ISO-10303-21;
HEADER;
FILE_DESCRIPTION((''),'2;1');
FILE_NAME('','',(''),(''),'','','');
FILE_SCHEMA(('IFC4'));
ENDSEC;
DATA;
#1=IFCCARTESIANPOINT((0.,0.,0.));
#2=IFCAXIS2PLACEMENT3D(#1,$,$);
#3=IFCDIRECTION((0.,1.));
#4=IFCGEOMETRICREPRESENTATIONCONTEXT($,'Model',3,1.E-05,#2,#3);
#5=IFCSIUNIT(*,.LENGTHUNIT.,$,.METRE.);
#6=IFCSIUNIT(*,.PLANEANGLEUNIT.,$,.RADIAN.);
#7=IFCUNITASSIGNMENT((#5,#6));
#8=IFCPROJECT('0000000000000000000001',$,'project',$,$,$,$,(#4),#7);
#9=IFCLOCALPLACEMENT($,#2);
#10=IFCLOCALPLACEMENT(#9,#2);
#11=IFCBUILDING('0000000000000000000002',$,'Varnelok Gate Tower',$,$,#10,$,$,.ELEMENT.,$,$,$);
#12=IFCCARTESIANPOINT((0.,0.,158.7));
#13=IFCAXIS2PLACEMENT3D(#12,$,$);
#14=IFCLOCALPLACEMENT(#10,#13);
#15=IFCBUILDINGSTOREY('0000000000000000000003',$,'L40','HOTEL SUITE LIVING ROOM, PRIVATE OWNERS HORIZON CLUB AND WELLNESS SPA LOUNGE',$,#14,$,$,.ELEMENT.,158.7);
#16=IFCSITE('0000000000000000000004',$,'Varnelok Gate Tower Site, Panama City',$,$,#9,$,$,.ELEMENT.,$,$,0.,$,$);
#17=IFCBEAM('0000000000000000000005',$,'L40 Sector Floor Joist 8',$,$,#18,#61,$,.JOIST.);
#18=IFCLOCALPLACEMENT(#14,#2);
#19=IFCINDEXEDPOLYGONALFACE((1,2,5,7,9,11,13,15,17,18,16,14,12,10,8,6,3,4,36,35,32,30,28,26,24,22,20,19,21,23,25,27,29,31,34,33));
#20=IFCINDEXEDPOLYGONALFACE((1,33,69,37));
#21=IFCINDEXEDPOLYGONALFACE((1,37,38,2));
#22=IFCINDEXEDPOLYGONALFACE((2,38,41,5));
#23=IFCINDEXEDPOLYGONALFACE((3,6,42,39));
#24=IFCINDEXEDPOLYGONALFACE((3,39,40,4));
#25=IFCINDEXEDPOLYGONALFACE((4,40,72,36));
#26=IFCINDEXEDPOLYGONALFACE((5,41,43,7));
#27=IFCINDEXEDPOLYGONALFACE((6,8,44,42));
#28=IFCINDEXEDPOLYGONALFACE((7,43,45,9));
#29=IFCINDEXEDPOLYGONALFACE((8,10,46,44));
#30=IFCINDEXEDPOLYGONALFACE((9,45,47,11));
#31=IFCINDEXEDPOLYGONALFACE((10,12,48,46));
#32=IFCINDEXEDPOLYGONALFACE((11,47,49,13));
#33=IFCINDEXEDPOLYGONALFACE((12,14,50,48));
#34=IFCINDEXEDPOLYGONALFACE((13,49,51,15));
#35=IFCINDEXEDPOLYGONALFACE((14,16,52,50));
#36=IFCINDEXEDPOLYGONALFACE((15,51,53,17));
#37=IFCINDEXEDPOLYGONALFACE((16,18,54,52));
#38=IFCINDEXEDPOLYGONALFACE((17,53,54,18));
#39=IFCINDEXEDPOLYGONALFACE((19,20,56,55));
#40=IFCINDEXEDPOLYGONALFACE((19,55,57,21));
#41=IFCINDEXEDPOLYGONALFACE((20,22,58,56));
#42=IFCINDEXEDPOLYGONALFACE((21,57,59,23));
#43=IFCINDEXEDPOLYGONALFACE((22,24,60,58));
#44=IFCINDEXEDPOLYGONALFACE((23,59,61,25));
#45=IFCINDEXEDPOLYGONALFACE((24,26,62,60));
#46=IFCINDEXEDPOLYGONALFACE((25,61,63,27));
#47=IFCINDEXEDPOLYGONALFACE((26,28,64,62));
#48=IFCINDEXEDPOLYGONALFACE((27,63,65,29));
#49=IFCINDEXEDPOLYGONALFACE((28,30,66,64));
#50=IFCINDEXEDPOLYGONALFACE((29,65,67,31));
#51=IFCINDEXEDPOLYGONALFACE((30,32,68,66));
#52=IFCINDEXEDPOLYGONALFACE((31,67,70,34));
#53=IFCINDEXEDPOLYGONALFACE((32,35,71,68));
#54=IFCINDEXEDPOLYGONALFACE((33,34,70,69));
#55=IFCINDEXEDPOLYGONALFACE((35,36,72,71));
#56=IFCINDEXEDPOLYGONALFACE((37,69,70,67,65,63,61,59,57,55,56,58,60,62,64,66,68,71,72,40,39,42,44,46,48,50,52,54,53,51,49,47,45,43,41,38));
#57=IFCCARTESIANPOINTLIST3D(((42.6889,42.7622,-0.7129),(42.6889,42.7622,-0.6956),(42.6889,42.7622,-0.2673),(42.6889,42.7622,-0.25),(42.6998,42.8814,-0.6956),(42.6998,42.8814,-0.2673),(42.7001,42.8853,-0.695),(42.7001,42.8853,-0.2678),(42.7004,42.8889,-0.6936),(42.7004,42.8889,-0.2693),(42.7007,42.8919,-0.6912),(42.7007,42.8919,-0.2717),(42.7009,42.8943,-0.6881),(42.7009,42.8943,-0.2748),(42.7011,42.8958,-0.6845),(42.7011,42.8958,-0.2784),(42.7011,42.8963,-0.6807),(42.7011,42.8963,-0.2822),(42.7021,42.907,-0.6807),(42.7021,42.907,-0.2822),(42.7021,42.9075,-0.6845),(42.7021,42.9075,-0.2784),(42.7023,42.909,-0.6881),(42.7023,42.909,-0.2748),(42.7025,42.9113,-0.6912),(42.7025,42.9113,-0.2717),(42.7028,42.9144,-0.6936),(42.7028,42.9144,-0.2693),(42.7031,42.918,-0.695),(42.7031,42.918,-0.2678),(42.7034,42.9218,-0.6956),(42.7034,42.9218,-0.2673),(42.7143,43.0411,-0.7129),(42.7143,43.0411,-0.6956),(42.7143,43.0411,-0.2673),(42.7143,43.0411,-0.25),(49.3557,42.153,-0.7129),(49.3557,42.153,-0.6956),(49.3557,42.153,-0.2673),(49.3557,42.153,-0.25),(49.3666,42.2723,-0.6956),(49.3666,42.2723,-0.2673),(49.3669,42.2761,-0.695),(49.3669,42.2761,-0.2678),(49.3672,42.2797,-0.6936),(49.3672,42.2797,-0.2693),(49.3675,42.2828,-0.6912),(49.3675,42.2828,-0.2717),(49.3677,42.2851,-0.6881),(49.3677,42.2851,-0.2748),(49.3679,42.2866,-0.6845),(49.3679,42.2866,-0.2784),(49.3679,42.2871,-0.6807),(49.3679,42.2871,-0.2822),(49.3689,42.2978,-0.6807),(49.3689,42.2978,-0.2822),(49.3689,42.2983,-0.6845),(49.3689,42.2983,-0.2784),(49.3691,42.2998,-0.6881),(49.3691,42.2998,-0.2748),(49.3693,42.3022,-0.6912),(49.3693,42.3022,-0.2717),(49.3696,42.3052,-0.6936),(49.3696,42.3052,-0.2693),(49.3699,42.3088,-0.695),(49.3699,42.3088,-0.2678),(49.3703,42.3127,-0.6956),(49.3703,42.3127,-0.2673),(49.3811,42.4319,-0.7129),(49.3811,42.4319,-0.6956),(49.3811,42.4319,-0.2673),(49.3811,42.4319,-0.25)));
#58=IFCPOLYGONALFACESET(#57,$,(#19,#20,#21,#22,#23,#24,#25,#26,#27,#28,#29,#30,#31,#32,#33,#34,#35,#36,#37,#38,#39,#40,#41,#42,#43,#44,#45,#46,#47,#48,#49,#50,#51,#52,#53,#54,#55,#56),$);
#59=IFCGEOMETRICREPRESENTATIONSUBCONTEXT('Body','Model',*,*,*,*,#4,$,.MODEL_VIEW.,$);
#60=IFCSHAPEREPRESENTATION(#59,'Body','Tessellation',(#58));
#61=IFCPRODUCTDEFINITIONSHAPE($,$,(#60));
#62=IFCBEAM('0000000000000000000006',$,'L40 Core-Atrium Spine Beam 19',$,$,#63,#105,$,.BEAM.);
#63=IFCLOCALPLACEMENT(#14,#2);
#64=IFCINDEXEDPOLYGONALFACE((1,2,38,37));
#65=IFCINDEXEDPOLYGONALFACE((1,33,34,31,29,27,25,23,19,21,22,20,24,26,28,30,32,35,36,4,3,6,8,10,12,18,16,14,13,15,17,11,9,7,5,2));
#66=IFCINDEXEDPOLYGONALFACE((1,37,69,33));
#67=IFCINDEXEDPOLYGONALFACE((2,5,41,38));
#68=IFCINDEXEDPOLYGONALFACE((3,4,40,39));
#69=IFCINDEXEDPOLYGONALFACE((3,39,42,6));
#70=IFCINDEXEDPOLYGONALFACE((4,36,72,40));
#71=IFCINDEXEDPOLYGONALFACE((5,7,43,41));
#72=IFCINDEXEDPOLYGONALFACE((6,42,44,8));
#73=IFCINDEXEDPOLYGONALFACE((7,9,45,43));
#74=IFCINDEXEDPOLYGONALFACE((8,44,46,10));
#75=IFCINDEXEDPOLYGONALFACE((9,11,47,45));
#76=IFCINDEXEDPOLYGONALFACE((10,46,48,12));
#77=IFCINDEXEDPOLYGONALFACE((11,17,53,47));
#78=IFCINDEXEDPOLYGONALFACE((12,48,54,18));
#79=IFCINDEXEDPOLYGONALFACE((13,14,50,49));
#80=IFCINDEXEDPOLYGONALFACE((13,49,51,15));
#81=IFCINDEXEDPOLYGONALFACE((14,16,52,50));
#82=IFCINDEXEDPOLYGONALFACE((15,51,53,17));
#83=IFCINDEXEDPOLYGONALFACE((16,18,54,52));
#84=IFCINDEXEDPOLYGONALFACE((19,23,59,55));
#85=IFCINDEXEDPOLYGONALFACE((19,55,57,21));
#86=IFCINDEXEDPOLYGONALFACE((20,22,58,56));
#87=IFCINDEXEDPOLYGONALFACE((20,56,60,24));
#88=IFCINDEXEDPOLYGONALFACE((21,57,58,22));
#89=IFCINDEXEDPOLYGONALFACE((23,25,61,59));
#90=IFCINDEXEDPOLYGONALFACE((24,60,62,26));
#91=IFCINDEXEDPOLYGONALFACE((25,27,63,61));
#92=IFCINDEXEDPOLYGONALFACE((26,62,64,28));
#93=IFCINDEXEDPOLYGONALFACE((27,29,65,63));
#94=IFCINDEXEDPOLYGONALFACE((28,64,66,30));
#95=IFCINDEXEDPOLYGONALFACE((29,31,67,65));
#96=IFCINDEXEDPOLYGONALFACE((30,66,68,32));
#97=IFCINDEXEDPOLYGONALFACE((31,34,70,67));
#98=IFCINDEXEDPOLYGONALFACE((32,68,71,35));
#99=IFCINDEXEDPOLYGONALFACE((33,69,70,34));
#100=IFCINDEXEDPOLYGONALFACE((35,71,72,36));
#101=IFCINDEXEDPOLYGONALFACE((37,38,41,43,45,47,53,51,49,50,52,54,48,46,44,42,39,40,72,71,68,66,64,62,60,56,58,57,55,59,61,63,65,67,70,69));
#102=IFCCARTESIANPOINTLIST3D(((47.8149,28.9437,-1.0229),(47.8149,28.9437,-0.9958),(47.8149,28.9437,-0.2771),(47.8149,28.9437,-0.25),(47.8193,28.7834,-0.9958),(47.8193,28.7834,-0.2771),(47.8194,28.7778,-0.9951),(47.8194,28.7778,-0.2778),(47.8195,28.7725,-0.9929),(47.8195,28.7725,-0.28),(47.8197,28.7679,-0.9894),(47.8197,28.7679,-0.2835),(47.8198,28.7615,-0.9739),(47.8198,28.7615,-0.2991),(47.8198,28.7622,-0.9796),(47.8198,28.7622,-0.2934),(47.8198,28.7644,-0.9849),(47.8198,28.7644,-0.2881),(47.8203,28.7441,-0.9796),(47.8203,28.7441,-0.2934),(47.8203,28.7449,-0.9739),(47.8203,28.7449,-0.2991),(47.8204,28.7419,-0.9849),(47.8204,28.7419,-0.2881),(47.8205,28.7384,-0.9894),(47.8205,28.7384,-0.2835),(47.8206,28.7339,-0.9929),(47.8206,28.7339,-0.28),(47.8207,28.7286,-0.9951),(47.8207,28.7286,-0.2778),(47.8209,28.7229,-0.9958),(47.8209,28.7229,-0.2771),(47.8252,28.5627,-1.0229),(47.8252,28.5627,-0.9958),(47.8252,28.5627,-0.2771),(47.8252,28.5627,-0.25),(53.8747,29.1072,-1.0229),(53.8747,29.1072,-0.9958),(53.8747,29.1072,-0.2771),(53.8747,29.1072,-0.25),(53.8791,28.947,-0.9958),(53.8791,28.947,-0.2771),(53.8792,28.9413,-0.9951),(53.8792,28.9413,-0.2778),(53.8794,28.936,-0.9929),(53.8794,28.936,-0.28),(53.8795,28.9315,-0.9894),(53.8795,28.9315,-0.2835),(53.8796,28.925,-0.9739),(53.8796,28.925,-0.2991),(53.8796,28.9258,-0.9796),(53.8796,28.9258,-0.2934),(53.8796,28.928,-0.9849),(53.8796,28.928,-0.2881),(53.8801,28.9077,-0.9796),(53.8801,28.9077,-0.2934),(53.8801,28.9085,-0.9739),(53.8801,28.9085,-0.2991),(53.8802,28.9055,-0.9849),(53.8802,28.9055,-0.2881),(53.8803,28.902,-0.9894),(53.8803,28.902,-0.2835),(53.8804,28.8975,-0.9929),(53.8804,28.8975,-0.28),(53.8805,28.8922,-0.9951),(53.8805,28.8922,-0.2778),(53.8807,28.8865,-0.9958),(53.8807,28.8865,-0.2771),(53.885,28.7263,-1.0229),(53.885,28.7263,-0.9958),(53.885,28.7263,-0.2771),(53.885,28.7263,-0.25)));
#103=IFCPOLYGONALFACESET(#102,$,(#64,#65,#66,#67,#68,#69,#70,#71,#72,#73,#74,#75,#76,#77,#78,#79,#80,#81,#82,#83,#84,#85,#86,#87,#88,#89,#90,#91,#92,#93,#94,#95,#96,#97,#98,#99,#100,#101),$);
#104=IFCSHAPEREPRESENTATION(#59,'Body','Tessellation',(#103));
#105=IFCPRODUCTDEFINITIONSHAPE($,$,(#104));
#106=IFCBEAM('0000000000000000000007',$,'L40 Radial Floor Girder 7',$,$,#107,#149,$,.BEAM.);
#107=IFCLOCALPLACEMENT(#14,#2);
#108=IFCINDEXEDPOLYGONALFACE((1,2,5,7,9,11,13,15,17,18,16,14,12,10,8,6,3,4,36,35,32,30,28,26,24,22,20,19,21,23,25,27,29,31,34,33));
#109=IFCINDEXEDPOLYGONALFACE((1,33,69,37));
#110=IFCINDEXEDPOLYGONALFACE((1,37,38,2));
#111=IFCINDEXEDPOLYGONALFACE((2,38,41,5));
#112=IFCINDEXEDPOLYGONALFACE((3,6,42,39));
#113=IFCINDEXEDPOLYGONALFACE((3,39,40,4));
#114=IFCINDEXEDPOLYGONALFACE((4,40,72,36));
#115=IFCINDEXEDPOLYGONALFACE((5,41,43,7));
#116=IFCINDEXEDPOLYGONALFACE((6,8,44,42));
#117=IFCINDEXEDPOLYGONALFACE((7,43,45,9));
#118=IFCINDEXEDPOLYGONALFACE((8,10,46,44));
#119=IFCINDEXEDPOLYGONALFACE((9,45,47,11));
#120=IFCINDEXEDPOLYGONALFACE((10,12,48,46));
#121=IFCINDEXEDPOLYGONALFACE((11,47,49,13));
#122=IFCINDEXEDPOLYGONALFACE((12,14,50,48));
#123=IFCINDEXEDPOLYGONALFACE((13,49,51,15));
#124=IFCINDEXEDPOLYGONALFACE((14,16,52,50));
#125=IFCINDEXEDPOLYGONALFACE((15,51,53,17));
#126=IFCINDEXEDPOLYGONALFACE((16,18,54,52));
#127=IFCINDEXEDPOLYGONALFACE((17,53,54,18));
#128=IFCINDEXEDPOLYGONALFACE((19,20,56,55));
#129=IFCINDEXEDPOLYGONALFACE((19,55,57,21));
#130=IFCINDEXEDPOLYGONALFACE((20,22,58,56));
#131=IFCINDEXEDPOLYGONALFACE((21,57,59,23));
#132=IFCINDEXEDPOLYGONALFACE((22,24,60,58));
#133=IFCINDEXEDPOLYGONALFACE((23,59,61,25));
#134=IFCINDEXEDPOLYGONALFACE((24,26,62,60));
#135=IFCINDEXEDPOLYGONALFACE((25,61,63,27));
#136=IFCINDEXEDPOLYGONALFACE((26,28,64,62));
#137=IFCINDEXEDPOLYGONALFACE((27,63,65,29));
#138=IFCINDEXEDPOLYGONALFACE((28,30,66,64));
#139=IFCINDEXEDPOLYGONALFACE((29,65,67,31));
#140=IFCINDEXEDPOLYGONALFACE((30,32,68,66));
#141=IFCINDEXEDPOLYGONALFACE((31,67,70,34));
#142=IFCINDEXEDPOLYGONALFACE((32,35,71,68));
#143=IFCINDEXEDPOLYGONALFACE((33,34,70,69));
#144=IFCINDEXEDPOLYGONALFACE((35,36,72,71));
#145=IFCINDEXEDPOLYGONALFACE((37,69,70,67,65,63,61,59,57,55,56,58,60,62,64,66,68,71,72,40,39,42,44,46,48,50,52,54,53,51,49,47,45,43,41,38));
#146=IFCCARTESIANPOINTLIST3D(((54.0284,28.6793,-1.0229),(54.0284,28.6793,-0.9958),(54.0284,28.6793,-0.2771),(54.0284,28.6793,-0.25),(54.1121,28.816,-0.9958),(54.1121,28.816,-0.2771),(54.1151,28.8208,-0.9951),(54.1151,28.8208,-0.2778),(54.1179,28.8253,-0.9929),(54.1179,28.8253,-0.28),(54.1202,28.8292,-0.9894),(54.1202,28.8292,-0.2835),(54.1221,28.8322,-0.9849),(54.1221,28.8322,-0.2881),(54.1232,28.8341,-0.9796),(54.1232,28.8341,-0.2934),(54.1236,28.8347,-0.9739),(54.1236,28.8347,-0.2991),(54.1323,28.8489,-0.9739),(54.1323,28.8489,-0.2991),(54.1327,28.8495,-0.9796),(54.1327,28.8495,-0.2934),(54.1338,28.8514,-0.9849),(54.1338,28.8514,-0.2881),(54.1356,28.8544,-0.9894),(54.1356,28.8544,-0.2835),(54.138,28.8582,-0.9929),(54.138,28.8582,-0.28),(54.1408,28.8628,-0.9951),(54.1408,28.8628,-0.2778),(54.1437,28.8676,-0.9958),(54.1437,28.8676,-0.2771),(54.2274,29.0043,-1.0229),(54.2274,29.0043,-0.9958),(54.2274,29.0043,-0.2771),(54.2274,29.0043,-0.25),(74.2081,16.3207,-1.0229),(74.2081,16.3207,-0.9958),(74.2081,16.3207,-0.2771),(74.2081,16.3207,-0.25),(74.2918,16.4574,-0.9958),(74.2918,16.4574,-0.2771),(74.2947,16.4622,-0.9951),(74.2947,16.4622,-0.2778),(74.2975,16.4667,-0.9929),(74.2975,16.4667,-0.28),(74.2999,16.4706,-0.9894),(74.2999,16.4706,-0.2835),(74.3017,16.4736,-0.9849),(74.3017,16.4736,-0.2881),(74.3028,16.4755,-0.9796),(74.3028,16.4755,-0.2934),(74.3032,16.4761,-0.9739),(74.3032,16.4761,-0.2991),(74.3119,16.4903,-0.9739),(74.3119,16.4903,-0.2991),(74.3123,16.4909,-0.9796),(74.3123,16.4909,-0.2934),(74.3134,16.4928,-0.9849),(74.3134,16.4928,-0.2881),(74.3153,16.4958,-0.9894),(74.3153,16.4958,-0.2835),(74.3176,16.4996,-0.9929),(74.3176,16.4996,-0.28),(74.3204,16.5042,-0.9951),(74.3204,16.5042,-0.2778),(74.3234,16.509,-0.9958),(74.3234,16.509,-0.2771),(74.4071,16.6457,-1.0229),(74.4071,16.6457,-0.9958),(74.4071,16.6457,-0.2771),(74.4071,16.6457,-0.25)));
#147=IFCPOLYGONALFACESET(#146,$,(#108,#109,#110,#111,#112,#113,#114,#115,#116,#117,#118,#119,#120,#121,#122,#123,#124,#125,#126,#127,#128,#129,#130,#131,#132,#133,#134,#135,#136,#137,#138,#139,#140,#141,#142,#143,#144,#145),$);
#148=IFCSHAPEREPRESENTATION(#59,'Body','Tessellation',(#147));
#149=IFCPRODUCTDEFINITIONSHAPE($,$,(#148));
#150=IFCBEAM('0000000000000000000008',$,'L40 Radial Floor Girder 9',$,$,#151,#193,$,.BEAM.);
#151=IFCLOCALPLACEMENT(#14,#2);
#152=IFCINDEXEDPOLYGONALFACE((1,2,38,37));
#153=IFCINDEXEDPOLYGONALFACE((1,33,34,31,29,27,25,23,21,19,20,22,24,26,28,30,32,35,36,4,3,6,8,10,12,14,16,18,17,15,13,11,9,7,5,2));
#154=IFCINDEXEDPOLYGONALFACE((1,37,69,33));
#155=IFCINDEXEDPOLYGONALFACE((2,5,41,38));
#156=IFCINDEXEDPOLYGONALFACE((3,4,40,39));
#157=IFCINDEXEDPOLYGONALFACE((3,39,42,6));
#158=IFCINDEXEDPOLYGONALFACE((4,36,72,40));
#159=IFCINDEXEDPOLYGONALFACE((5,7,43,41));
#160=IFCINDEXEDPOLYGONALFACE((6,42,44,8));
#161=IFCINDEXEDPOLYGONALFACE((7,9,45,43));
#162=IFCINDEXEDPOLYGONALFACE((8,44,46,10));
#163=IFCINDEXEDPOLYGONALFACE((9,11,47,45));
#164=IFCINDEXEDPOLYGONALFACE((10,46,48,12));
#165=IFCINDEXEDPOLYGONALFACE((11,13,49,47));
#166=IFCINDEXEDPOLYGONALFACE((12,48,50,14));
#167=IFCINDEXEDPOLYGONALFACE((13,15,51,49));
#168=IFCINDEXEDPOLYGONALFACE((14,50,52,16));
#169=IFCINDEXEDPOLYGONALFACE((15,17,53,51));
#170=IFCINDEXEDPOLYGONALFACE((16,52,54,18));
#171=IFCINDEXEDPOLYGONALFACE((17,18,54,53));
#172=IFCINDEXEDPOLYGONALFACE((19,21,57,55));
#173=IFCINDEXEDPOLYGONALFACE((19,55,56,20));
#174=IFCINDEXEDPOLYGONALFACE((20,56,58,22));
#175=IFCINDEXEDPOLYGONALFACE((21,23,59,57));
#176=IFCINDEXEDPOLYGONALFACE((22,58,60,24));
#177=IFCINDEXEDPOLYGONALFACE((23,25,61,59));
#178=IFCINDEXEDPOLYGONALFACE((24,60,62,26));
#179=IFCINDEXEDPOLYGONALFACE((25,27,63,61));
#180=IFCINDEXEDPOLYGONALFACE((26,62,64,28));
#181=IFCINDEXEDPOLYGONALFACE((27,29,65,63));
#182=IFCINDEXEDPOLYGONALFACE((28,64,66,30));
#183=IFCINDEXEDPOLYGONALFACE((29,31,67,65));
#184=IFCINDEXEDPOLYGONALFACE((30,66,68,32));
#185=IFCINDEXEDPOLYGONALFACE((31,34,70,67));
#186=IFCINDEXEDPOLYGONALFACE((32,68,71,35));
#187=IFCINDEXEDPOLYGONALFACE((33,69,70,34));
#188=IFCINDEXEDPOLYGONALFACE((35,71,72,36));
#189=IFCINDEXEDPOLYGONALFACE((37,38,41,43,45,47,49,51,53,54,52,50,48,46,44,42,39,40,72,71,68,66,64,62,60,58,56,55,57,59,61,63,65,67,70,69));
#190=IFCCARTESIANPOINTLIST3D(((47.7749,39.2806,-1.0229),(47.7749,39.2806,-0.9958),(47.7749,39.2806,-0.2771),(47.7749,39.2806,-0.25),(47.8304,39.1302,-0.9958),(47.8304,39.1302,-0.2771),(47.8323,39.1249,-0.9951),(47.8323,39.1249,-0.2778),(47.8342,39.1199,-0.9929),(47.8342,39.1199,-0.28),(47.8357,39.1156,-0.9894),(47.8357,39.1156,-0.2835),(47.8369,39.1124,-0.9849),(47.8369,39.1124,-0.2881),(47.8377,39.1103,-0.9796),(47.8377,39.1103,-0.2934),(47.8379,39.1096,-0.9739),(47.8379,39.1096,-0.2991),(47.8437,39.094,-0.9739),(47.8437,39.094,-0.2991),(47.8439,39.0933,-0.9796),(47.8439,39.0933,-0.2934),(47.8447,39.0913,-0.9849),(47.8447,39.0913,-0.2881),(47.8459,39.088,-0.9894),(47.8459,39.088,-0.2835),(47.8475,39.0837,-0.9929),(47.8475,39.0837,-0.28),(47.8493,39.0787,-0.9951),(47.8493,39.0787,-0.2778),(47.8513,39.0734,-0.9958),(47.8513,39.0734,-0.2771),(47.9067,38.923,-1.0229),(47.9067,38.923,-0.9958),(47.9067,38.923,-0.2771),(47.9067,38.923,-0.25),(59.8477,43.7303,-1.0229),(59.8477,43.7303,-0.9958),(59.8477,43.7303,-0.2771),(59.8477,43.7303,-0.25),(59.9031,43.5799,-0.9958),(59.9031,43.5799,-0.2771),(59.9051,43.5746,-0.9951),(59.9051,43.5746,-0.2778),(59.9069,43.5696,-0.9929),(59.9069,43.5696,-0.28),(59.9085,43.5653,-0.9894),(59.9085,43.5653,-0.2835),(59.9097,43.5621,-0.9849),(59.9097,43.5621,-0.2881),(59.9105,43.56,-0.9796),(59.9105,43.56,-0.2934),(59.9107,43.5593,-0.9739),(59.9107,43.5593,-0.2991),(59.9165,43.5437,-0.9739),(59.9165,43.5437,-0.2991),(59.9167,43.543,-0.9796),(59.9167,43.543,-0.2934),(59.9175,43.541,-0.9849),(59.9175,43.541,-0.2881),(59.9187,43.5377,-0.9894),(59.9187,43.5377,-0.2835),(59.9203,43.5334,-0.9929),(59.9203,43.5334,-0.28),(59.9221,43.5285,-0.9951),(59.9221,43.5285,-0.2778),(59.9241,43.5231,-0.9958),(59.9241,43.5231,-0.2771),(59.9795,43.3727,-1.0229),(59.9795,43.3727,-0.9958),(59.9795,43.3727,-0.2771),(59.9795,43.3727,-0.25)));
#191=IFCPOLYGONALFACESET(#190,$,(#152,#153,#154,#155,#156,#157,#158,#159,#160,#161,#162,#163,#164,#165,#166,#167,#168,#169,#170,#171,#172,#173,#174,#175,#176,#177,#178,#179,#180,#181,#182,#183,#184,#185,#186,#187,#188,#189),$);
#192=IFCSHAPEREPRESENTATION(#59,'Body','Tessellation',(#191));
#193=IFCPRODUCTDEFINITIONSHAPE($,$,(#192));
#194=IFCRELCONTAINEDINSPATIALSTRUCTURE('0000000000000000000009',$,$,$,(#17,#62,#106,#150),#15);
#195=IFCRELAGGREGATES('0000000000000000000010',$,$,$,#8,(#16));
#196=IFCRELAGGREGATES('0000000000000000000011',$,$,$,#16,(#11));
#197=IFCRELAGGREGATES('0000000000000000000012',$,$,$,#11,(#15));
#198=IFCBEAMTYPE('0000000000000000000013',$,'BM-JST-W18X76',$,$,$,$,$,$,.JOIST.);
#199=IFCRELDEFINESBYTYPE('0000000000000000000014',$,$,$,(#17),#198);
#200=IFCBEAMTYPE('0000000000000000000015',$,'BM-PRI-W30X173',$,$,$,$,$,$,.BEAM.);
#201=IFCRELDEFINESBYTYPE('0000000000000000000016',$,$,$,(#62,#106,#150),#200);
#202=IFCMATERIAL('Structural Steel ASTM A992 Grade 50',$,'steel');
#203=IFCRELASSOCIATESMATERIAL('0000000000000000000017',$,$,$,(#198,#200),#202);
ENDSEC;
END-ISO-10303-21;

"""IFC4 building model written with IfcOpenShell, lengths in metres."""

from ifc_helpers import new_model, si_unit, direction, frame, origin, origin_2d, place, context, subcontext, project, spatial, i_section, extrude, material, material_profile, profile_set, type_object, element, save


model = new_model("IFC4")

# Units and contexts
model_context = context("Model", 3, precision=1e-05, world=origin(), true_north=direction((0.0, 1.0)))
body_context = subcontext(model_context, "Body", "Model", "MODEL_VIEW")
ifc_project = project(units=[si_unit("LENGTHUNIT", "METRE"), si_unit("PLANEANGLEUNIT", "RADIAN")], contexts=[model_context])

# Site, building, storey
site_placement = place(None, origin())
site = spatial("IfcSite", under=ifc_project, at=site_placement, Name="Varnelok Gate Tower Site, Panama City", CompositionType="ELEMENT", RefElevation=0.0)
building_placement = place(site_placement, origin())
building = spatial("IfcBuilding", under=site, at=building_placement, Name="Varnelok Gate Tower", CompositionType="ELEMENT")
storey_placement = place(building_placement, frame((0.0, 0.0, 158.7)))
storey = spatial("IfcBuildingStorey", under=building, at=storey_placement, Name="L40", Description="HOTEL SUITE LIVING ROOM, PRIVATE OWNERS HORIZON CLUB AND WELLNESS SPA LOUNGE", CompositionType="ELEMENT", Elevation=158.7)

# Shared definitions
ifc_material_1 = material(Name="Structural Steel ASTM A992 Grade 50", Category="steel")

# Beams
ifc_material_profile_1 = material_profile(ifc_material_1, i_section(OverallWidth=0.28, OverallDepth=0.4629, WebThickness=0.0107, FlangeThickness=0.0173, FilletRadius=0.0149, at=origin_2d()), Name="W18X76")
ifc_profile_set_1 = profile_set([ifc_material_profile_1], Name="Structural Steel ASTM A992 Grade 50")
beam_type_1 = type_object("IfcBeamType", Name="BM-JST-W18X76", PredefinedType="JOIST", material=ifc_profile_set_1)
beam_1_placement = place(storey_placement, frame((49.3684, 42.2925, -0.4814), z_axis=(-0.995852, 0.09099, 0.0), x_axis=(-0.09099, -0.995852, 0.0)))
element("IfcBeam", 1, at=beam_1_placement, inside=storey, type_object=beam_type_1, Name="L40 Sector Floor Joist 8", PredefinedType="JOIST", context=body_context, shape_type="SweptSolid", body=[
    extrude(i_section(OverallWidth=0.28, OverallDepth=0.4629, WebThickness=0.0107, FlangeThickness=0.0173, FilletRadius=0.0149, at=origin_2d()), origin(), (0.0, 0.0, 1.0), 6.6946),
])
ifc_material_profile_2 = material_profile(ifc_material_1, i_section(OverallWidth=0.3811, OverallDepth=0.7729, WebThickness=0.0166, FlangeThickness=0.0271, FilletRadius=0.022, at=origin_2d()), Name="W30X173")
ifc_profile_set_2 = profile_set([ifc_material_profile_2], Name="Structural Steel ASTM A992 Grade 50")
beam_type_2 = type_object("IfcBeamType", Name="BM-PRI-W30X173", PredefinedType="BEAM", material=ifc_profile_set_2)
beam_2_placement = place(storey_placement, frame((47.8201, 28.7532, -0.6365), z_axis=(0.999636, 0.026983, 0.0), x_axis=(-0.026983, 0.999636, 0.0)))
element("IfcBeam", 2, at=beam_2_placement, inside=storey, type_object=beam_type_2, Name="L40 Core-Atrium Spine Beam 19", PredefinedType="BEAM", context=body_context, shape_type="SweptSolid", body=[
    extrude(i_section(OverallWidth=0.3811, OverallDepth=0.7729, WebThickness=0.0166, FlangeThickness=0.0271, FilletRadius=0.022, at=origin_2d()), origin(), (0.0, 0.0, 1.0), 6.062),
])
beam_3_placement = place(storey_placement, frame((54.1279, 28.8418, -0.6365), z_axis=(0.852781, -0.522269, 0.0), x_axis=(0.522269, 0.852781, 0.0)))
element("IfcBeam", 3, at=beam_3_placement, inside=storey, type_object=beam_type_2, Name="L40 Radial Floor Girder 7", PredefinedType="BEAM", context=body_context, shape_type="SweptSolid", body=[
    extrude(i_section(OverallWidth=0.3811, OverallDepth=0.7729, WebThickness=0.0166, FlangeThickness=0.0271, FilletRadius=0.022, at=origin_2d()), origin(), (0.0, 0.0, 1.0), 23.6633),
])
beam_4_placement = place(storey_placement, frame((47.8408, 39.1018, -0.6365), z_axis=(0.938296, 0.345832, 0.0), x_axis=(-0.345832, 0.938296, 0.0)))
element("IfcBeam", 4, at=beam_4_placement, inside=storey, type_object=beam_type_2, Name="L40 Radial Floor Girder 9", PredefinedType="BEAM", context=body_context, shape_type="SweptSolid", body=[
    extrude(i_section(OverallWidth=0.3811, OverallDepth=0.7729, WebThickness=0.0166, FlangeThickness=0.0271, FilletRadius=0.022, at=origin_2d()), origin(), (0.0, 0.0, 1.0), 12.8667),
])

save(model, "model.ifc")
